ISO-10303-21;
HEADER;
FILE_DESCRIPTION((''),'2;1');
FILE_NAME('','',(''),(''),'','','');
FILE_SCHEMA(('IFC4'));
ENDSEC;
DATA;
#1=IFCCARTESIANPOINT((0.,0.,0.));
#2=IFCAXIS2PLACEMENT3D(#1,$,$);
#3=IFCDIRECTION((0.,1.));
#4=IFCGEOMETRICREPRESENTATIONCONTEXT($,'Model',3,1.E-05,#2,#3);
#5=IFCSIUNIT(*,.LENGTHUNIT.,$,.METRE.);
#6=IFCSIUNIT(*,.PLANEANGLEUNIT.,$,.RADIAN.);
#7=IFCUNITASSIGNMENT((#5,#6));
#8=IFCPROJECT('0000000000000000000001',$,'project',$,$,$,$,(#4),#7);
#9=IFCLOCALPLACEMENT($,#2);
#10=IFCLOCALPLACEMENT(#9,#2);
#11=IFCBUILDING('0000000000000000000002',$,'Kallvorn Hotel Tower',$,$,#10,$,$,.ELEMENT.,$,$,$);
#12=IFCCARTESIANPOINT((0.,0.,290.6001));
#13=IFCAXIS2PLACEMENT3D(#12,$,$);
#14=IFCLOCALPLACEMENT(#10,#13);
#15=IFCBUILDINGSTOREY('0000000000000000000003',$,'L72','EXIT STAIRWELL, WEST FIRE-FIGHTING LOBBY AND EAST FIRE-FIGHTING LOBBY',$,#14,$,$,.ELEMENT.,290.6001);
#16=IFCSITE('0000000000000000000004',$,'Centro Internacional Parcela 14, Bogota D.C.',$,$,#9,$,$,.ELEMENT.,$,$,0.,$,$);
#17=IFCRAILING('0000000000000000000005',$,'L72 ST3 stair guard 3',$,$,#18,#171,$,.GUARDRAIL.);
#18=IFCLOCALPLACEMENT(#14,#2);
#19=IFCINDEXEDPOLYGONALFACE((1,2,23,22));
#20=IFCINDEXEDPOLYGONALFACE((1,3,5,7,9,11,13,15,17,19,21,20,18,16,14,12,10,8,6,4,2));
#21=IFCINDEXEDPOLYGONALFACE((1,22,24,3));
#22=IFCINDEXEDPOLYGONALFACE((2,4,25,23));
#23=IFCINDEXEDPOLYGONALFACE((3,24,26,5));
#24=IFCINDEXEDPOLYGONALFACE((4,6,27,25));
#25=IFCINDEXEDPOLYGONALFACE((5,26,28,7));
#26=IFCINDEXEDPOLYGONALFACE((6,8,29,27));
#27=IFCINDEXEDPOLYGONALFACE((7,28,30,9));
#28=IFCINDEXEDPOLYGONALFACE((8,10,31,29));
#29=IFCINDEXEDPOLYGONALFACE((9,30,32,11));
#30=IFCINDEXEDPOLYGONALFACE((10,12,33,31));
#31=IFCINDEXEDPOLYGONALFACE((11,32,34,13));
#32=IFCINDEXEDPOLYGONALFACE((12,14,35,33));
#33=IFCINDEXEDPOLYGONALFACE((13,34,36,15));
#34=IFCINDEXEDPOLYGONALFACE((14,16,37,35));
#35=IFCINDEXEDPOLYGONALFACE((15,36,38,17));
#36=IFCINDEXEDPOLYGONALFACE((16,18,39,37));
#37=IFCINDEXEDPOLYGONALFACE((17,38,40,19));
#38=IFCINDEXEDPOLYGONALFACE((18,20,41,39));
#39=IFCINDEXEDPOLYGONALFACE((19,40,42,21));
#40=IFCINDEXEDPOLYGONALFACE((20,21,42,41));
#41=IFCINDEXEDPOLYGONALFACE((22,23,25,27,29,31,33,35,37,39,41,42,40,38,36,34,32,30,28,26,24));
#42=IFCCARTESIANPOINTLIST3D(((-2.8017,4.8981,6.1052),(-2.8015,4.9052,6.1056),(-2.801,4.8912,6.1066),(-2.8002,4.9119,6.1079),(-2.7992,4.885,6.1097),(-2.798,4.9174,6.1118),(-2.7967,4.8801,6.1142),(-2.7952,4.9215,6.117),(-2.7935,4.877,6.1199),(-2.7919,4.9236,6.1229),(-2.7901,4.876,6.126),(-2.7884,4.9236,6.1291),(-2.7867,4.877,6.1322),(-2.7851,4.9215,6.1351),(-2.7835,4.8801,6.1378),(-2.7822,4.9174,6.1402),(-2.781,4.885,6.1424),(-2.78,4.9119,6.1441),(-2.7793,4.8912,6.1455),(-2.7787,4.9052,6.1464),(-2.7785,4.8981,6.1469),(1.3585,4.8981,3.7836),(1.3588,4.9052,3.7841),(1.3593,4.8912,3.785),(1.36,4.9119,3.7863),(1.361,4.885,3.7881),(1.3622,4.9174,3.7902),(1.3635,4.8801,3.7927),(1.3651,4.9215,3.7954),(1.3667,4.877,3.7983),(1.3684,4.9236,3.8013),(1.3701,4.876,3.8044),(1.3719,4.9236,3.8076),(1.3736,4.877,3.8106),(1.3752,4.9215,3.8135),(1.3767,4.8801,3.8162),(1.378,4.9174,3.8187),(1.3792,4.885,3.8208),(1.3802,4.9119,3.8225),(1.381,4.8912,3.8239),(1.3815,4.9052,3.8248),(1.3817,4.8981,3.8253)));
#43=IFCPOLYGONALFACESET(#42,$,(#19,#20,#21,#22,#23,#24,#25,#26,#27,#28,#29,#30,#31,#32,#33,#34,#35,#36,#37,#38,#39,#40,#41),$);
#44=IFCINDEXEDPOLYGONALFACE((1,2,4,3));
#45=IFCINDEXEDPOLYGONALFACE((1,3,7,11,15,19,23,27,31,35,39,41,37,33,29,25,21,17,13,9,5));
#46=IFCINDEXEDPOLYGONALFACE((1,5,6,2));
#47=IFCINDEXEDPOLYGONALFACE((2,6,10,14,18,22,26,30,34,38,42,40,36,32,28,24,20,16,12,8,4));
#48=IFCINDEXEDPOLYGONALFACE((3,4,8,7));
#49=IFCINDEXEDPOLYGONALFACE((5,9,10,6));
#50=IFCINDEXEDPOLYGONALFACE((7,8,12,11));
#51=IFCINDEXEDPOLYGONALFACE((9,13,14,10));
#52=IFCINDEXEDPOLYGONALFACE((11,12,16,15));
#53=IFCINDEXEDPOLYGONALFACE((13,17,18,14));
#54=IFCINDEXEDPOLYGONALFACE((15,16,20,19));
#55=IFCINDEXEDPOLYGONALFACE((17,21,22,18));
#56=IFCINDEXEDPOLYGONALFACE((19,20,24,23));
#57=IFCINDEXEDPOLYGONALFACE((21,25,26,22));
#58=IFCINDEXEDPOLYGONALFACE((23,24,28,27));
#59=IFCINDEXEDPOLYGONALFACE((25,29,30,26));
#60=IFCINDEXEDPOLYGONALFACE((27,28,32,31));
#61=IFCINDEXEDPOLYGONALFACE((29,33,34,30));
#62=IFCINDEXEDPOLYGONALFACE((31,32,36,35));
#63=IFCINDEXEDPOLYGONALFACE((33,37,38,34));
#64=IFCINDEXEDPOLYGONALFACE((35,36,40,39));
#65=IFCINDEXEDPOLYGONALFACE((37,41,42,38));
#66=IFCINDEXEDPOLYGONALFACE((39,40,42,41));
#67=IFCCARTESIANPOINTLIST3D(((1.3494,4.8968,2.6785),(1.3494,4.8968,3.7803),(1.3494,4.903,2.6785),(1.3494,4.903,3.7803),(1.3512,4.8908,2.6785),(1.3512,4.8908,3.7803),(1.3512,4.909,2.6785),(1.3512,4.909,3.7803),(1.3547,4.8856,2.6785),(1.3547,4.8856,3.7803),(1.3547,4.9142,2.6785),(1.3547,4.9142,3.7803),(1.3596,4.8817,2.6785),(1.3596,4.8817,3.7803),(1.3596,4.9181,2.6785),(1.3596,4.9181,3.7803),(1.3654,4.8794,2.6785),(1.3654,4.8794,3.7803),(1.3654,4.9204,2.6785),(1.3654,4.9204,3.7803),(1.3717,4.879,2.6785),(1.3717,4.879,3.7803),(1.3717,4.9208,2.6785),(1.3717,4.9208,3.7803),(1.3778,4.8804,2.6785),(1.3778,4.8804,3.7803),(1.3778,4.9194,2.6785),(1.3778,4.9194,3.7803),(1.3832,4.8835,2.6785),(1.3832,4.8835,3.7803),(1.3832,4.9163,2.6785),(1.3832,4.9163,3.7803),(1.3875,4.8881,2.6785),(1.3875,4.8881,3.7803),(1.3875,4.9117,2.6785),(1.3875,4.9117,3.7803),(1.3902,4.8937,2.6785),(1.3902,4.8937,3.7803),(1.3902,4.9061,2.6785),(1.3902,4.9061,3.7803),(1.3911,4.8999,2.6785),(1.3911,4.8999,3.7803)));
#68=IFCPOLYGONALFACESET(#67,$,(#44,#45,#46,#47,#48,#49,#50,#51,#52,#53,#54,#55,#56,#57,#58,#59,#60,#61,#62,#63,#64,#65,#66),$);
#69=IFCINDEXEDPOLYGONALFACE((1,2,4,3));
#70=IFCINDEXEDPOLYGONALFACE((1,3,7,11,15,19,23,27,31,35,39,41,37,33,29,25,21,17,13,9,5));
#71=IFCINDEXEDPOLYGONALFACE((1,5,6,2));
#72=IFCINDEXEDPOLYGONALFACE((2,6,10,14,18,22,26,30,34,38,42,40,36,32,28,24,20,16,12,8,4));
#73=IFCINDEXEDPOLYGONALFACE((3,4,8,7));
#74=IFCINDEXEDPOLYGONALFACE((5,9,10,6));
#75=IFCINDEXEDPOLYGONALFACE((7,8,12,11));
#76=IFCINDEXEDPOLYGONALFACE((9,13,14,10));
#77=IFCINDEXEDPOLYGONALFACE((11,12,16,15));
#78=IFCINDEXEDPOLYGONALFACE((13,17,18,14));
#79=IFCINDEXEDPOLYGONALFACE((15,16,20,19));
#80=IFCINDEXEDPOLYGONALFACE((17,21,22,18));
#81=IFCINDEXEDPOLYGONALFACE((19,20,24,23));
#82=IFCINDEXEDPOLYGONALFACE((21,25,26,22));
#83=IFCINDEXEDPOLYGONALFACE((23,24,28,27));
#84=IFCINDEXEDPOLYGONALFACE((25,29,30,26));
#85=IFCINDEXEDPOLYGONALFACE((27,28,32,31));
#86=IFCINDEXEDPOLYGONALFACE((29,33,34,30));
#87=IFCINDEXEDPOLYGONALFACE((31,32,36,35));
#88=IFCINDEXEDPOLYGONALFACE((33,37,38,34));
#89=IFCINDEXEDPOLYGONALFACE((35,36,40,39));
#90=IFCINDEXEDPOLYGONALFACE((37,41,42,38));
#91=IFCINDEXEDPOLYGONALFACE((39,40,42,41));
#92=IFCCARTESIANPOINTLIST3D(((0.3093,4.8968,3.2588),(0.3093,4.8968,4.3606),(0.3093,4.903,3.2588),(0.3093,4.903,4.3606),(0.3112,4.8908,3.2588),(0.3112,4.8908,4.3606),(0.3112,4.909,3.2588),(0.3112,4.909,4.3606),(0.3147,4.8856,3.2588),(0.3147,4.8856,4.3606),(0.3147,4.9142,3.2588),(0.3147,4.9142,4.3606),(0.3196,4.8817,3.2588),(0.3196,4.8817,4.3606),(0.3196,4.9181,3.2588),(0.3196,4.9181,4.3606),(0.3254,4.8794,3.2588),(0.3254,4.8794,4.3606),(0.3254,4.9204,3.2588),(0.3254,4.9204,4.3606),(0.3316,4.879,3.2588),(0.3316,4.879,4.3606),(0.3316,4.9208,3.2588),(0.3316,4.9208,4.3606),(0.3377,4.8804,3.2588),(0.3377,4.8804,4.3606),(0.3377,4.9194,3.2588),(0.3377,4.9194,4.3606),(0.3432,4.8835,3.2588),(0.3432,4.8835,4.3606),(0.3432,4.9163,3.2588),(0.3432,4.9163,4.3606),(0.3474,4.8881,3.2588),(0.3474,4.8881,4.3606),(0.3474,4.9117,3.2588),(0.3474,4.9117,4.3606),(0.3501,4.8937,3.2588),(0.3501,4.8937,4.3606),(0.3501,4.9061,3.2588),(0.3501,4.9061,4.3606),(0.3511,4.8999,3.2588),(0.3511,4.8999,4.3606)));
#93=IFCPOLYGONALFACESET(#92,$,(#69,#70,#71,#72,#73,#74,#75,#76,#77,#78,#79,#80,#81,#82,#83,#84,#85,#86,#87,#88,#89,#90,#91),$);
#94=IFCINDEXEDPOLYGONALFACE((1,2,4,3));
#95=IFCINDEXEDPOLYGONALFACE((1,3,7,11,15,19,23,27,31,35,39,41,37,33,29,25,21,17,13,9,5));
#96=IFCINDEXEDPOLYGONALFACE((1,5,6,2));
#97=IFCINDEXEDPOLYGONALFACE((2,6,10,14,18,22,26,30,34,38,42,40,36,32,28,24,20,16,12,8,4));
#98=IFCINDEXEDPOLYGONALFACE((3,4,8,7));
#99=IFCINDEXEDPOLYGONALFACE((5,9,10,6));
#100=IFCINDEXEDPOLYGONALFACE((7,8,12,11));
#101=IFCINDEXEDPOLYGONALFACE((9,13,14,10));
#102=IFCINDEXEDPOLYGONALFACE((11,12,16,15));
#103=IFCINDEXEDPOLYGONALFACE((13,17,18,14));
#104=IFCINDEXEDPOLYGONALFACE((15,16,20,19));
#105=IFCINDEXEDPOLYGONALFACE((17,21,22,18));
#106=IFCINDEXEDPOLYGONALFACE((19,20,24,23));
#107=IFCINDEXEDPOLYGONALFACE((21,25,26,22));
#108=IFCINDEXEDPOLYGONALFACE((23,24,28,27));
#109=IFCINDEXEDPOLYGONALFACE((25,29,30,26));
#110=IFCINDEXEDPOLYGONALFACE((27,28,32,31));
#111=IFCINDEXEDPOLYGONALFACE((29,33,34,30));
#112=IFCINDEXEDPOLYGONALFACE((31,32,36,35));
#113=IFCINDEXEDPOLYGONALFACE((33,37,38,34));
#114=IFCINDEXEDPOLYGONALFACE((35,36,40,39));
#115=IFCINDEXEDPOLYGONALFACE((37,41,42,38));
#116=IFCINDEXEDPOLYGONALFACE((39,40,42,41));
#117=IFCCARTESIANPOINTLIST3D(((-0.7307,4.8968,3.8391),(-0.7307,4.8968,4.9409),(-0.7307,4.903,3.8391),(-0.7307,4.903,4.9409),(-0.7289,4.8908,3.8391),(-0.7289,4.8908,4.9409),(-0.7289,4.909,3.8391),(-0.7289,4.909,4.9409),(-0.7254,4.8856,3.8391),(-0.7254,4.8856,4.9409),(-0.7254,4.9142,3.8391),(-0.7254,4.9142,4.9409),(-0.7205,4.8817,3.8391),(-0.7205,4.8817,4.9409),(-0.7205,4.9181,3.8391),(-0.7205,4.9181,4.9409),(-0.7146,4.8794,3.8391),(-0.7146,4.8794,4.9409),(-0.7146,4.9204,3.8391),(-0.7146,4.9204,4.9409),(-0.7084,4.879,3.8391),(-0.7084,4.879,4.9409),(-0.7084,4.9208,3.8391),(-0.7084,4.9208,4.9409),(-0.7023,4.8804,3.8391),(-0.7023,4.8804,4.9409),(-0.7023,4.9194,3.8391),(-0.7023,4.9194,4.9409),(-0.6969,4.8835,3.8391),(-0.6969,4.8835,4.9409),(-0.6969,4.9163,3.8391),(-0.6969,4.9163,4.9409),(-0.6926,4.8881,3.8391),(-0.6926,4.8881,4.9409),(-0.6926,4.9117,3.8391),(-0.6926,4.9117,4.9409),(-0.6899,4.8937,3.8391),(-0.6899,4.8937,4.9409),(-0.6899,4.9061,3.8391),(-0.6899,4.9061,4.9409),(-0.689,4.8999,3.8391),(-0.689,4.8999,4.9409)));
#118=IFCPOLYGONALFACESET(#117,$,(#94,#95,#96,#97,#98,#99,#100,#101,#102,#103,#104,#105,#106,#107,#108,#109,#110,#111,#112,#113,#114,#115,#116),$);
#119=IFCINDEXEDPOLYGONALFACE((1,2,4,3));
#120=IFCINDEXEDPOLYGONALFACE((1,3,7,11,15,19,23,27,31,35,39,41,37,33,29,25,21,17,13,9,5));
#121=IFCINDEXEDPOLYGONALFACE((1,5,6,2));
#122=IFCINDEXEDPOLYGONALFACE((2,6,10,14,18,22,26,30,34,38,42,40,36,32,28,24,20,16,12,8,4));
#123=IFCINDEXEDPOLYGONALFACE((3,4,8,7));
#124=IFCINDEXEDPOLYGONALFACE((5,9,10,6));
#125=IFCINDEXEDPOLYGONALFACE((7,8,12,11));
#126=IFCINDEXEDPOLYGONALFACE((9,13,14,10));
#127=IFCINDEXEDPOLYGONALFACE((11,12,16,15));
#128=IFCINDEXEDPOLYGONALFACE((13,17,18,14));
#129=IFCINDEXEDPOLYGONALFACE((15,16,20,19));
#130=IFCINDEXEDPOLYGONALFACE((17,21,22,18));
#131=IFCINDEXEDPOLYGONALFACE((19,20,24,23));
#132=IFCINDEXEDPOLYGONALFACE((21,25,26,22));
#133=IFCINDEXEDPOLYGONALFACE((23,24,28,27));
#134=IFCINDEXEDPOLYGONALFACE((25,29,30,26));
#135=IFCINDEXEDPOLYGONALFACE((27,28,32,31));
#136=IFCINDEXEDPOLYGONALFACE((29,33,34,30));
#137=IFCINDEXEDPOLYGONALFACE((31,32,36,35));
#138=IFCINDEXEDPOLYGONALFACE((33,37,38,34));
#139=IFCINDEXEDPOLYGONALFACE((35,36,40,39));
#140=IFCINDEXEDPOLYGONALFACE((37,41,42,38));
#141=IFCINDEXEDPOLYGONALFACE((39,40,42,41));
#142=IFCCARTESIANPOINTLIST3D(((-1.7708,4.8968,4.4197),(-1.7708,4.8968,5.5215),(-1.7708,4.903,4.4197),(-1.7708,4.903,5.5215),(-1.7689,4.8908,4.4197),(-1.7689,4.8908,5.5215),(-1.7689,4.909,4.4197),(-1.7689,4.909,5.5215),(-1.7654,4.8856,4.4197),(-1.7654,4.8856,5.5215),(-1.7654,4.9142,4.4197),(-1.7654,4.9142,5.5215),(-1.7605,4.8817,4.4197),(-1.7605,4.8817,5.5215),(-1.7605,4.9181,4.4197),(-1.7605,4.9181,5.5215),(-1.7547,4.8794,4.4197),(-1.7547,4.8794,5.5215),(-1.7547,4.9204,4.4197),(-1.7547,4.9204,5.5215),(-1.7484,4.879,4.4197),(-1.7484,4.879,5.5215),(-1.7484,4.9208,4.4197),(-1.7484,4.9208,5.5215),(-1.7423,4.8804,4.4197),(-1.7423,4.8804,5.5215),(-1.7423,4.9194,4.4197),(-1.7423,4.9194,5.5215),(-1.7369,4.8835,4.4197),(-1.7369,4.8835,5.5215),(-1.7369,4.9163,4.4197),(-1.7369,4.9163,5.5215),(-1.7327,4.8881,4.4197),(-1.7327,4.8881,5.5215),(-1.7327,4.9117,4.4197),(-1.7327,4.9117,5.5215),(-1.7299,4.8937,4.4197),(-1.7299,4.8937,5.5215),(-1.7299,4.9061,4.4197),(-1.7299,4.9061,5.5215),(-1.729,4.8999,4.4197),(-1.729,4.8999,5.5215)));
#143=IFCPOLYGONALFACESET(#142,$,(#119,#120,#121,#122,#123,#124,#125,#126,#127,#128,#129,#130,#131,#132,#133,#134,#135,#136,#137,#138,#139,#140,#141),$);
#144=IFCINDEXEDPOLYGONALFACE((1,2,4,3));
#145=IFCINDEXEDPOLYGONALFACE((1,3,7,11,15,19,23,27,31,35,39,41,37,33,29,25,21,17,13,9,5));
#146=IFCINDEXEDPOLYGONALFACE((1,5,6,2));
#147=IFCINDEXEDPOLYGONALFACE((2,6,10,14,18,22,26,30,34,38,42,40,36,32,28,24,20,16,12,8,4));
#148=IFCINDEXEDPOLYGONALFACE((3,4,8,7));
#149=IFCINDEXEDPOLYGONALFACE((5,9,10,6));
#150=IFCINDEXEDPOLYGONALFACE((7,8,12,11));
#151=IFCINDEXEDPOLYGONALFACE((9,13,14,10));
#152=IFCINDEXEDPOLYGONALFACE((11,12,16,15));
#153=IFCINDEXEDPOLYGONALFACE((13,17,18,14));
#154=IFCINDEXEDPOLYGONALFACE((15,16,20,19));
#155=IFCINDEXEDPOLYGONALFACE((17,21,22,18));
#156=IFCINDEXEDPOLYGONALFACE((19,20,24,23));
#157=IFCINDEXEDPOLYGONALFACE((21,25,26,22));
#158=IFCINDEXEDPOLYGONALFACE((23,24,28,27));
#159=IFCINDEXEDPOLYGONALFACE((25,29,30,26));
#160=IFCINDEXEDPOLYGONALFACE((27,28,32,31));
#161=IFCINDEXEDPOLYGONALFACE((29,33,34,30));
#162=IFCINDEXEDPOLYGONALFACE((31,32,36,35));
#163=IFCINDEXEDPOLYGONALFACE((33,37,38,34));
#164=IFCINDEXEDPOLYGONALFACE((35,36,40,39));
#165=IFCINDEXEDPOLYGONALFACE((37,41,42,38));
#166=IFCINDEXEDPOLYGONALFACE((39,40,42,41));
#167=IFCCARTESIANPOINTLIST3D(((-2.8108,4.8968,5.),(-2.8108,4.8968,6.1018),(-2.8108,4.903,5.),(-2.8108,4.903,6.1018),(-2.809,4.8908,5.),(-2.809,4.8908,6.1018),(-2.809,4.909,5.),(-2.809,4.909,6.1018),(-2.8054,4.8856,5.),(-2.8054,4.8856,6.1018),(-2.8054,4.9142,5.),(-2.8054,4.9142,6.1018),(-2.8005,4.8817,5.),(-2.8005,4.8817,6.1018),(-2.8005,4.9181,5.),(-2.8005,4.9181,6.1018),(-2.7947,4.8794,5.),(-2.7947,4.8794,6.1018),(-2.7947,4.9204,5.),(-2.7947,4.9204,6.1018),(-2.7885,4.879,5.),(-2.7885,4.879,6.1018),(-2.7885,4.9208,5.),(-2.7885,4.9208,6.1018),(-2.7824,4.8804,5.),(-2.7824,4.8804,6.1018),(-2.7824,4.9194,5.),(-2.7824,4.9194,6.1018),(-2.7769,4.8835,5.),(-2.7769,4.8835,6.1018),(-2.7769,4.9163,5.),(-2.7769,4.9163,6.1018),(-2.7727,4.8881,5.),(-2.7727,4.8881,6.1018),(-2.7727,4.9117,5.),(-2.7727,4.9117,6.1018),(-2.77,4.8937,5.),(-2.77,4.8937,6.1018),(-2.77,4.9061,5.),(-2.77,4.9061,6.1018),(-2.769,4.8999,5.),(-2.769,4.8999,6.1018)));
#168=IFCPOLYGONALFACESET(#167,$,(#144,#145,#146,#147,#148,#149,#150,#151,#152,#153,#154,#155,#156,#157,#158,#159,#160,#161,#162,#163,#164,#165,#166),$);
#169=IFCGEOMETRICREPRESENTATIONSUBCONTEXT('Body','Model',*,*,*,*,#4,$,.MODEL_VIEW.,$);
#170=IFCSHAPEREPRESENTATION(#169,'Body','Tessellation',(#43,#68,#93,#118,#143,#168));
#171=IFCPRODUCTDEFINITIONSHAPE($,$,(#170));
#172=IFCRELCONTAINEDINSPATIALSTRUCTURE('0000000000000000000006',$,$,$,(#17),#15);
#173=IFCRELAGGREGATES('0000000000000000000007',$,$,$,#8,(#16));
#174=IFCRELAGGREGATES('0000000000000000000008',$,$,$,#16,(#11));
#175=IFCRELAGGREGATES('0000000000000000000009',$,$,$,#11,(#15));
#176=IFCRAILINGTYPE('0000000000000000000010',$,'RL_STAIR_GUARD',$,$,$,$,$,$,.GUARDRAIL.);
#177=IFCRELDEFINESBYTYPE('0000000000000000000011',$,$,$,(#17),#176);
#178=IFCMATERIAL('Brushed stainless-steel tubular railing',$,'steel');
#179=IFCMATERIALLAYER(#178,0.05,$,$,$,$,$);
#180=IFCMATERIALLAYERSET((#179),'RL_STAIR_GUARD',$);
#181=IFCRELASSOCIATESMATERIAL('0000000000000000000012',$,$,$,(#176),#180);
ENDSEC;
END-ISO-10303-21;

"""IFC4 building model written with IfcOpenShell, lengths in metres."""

from ifc_helpers import new_model, si_unit, direction, frame, origin, origin_2d, place, context, subcontext, project, spatial, circle, extrude, material, layer, layer_set, type_object, element, save


model = new_model("IFC4")

# Units and contexts
model_context = context("Model", 3, precision=1e-05, world=origin(), true_north=direction((0.0, 1.0)))
body_context = subcontext(model_context, "Body", "Model", "MODEL_VIEW")
ifc_project = project(units=[si_unit("LENGTHUNIT", "METRE"), si_unit("PLANEANGLEUNIT", "RADIAN")], contexts=[model_context])

# Site, building, storey
site_placement = place(None, origin())
site = spatial("IfcSite", under=ifc_project, at=site_placement, Name="Centro Internacional Parcela 14, Bogota D.C.", CompositionType="ELEMENT", RefElevation=0.0)
building_placement = place(site_placement, origin())
building = spatial("IfcBuilding", under=site, at=building_placement, Name="Kallvorn Hotel Tower", CompositionType="ELEMENT")
storey_placement = place(building_placement, frame((0.0, 0.0, 290.6001)))
storey = spatial("IfcBuildingStorey", under=building, at=storey_placement, Name="L72", Description="EXIT STAIRWELL, WEST FIRE-FIGHTING LOBBY AND EAST FIRE-FIGHTING LOBBY", CompositionType="ELEMENT", Elevation=290.6001)

# Railing
ifc_material_1 = material(Name="Brushed stainless-steel tubular railing", Category="steel")
ifc_layer_1 = layer(ifc_material_1, 0.05)
ifc_layer_set_1 = layer_set([ifc_layer_1], Name="RL_STAIR_GUARD")
railing_type_1 = type_object("IfcRailingType", Name="RL_STAIR_GUARD", PredefinedType="GUARDRAIL", material=ifc_layer_set_1)
railing_1_placement = place(storey_placement, frame((1.3701, 4.8999, 2.6785)))
element("IfcRailing", 1, at=railing_1_placement, inside=storey, type_object=railing_type_1, Name="L72 ST3 stair guard 3", PredefinedType="GUARDRAIL", context=body_context, shape_type="SweptSolid", body=[
    extrude(circle(Radius=0.0239, at=origin_2d()), frame((0.0, 0.0, 1.126), z_axis=(-0.873235, 0.0, 0.4873), x_axis=(0.0, -1.0, 0.0)), (0.0, 0.0, 1.0), 4.7642),
    extrude(circle(Radius=0.021, at=origin_2d()), origin(), (0.0, 0.0, 1.0), 1.1018),
    extrude(circle(Radius=0.021, at=origin_2d()), frame((-1.04, 0.0, 0.5803)), (0.0, 0.0, 1.0), 1.1018),
    extrude(circle(Radius=0.021, at=origin_2d()), frame((-2.0801, 0.0, 1.1606)), (0.0, 0.0, 1.0), 1.1018),
    extrude(circle(Radius=0.021, at=origin_2d()), frame((-3.1201, 0.0, 1.7412)), (0.0, 0.0, 1.0), 1.1018),
    extrude(circle(Radius=0.021, at=origin_2d()), frame((-4.1602, 0.0, 2.3215)), (0.0, 0.0, 1.0), 1.1018),
])

save(model, "model.ifc")
